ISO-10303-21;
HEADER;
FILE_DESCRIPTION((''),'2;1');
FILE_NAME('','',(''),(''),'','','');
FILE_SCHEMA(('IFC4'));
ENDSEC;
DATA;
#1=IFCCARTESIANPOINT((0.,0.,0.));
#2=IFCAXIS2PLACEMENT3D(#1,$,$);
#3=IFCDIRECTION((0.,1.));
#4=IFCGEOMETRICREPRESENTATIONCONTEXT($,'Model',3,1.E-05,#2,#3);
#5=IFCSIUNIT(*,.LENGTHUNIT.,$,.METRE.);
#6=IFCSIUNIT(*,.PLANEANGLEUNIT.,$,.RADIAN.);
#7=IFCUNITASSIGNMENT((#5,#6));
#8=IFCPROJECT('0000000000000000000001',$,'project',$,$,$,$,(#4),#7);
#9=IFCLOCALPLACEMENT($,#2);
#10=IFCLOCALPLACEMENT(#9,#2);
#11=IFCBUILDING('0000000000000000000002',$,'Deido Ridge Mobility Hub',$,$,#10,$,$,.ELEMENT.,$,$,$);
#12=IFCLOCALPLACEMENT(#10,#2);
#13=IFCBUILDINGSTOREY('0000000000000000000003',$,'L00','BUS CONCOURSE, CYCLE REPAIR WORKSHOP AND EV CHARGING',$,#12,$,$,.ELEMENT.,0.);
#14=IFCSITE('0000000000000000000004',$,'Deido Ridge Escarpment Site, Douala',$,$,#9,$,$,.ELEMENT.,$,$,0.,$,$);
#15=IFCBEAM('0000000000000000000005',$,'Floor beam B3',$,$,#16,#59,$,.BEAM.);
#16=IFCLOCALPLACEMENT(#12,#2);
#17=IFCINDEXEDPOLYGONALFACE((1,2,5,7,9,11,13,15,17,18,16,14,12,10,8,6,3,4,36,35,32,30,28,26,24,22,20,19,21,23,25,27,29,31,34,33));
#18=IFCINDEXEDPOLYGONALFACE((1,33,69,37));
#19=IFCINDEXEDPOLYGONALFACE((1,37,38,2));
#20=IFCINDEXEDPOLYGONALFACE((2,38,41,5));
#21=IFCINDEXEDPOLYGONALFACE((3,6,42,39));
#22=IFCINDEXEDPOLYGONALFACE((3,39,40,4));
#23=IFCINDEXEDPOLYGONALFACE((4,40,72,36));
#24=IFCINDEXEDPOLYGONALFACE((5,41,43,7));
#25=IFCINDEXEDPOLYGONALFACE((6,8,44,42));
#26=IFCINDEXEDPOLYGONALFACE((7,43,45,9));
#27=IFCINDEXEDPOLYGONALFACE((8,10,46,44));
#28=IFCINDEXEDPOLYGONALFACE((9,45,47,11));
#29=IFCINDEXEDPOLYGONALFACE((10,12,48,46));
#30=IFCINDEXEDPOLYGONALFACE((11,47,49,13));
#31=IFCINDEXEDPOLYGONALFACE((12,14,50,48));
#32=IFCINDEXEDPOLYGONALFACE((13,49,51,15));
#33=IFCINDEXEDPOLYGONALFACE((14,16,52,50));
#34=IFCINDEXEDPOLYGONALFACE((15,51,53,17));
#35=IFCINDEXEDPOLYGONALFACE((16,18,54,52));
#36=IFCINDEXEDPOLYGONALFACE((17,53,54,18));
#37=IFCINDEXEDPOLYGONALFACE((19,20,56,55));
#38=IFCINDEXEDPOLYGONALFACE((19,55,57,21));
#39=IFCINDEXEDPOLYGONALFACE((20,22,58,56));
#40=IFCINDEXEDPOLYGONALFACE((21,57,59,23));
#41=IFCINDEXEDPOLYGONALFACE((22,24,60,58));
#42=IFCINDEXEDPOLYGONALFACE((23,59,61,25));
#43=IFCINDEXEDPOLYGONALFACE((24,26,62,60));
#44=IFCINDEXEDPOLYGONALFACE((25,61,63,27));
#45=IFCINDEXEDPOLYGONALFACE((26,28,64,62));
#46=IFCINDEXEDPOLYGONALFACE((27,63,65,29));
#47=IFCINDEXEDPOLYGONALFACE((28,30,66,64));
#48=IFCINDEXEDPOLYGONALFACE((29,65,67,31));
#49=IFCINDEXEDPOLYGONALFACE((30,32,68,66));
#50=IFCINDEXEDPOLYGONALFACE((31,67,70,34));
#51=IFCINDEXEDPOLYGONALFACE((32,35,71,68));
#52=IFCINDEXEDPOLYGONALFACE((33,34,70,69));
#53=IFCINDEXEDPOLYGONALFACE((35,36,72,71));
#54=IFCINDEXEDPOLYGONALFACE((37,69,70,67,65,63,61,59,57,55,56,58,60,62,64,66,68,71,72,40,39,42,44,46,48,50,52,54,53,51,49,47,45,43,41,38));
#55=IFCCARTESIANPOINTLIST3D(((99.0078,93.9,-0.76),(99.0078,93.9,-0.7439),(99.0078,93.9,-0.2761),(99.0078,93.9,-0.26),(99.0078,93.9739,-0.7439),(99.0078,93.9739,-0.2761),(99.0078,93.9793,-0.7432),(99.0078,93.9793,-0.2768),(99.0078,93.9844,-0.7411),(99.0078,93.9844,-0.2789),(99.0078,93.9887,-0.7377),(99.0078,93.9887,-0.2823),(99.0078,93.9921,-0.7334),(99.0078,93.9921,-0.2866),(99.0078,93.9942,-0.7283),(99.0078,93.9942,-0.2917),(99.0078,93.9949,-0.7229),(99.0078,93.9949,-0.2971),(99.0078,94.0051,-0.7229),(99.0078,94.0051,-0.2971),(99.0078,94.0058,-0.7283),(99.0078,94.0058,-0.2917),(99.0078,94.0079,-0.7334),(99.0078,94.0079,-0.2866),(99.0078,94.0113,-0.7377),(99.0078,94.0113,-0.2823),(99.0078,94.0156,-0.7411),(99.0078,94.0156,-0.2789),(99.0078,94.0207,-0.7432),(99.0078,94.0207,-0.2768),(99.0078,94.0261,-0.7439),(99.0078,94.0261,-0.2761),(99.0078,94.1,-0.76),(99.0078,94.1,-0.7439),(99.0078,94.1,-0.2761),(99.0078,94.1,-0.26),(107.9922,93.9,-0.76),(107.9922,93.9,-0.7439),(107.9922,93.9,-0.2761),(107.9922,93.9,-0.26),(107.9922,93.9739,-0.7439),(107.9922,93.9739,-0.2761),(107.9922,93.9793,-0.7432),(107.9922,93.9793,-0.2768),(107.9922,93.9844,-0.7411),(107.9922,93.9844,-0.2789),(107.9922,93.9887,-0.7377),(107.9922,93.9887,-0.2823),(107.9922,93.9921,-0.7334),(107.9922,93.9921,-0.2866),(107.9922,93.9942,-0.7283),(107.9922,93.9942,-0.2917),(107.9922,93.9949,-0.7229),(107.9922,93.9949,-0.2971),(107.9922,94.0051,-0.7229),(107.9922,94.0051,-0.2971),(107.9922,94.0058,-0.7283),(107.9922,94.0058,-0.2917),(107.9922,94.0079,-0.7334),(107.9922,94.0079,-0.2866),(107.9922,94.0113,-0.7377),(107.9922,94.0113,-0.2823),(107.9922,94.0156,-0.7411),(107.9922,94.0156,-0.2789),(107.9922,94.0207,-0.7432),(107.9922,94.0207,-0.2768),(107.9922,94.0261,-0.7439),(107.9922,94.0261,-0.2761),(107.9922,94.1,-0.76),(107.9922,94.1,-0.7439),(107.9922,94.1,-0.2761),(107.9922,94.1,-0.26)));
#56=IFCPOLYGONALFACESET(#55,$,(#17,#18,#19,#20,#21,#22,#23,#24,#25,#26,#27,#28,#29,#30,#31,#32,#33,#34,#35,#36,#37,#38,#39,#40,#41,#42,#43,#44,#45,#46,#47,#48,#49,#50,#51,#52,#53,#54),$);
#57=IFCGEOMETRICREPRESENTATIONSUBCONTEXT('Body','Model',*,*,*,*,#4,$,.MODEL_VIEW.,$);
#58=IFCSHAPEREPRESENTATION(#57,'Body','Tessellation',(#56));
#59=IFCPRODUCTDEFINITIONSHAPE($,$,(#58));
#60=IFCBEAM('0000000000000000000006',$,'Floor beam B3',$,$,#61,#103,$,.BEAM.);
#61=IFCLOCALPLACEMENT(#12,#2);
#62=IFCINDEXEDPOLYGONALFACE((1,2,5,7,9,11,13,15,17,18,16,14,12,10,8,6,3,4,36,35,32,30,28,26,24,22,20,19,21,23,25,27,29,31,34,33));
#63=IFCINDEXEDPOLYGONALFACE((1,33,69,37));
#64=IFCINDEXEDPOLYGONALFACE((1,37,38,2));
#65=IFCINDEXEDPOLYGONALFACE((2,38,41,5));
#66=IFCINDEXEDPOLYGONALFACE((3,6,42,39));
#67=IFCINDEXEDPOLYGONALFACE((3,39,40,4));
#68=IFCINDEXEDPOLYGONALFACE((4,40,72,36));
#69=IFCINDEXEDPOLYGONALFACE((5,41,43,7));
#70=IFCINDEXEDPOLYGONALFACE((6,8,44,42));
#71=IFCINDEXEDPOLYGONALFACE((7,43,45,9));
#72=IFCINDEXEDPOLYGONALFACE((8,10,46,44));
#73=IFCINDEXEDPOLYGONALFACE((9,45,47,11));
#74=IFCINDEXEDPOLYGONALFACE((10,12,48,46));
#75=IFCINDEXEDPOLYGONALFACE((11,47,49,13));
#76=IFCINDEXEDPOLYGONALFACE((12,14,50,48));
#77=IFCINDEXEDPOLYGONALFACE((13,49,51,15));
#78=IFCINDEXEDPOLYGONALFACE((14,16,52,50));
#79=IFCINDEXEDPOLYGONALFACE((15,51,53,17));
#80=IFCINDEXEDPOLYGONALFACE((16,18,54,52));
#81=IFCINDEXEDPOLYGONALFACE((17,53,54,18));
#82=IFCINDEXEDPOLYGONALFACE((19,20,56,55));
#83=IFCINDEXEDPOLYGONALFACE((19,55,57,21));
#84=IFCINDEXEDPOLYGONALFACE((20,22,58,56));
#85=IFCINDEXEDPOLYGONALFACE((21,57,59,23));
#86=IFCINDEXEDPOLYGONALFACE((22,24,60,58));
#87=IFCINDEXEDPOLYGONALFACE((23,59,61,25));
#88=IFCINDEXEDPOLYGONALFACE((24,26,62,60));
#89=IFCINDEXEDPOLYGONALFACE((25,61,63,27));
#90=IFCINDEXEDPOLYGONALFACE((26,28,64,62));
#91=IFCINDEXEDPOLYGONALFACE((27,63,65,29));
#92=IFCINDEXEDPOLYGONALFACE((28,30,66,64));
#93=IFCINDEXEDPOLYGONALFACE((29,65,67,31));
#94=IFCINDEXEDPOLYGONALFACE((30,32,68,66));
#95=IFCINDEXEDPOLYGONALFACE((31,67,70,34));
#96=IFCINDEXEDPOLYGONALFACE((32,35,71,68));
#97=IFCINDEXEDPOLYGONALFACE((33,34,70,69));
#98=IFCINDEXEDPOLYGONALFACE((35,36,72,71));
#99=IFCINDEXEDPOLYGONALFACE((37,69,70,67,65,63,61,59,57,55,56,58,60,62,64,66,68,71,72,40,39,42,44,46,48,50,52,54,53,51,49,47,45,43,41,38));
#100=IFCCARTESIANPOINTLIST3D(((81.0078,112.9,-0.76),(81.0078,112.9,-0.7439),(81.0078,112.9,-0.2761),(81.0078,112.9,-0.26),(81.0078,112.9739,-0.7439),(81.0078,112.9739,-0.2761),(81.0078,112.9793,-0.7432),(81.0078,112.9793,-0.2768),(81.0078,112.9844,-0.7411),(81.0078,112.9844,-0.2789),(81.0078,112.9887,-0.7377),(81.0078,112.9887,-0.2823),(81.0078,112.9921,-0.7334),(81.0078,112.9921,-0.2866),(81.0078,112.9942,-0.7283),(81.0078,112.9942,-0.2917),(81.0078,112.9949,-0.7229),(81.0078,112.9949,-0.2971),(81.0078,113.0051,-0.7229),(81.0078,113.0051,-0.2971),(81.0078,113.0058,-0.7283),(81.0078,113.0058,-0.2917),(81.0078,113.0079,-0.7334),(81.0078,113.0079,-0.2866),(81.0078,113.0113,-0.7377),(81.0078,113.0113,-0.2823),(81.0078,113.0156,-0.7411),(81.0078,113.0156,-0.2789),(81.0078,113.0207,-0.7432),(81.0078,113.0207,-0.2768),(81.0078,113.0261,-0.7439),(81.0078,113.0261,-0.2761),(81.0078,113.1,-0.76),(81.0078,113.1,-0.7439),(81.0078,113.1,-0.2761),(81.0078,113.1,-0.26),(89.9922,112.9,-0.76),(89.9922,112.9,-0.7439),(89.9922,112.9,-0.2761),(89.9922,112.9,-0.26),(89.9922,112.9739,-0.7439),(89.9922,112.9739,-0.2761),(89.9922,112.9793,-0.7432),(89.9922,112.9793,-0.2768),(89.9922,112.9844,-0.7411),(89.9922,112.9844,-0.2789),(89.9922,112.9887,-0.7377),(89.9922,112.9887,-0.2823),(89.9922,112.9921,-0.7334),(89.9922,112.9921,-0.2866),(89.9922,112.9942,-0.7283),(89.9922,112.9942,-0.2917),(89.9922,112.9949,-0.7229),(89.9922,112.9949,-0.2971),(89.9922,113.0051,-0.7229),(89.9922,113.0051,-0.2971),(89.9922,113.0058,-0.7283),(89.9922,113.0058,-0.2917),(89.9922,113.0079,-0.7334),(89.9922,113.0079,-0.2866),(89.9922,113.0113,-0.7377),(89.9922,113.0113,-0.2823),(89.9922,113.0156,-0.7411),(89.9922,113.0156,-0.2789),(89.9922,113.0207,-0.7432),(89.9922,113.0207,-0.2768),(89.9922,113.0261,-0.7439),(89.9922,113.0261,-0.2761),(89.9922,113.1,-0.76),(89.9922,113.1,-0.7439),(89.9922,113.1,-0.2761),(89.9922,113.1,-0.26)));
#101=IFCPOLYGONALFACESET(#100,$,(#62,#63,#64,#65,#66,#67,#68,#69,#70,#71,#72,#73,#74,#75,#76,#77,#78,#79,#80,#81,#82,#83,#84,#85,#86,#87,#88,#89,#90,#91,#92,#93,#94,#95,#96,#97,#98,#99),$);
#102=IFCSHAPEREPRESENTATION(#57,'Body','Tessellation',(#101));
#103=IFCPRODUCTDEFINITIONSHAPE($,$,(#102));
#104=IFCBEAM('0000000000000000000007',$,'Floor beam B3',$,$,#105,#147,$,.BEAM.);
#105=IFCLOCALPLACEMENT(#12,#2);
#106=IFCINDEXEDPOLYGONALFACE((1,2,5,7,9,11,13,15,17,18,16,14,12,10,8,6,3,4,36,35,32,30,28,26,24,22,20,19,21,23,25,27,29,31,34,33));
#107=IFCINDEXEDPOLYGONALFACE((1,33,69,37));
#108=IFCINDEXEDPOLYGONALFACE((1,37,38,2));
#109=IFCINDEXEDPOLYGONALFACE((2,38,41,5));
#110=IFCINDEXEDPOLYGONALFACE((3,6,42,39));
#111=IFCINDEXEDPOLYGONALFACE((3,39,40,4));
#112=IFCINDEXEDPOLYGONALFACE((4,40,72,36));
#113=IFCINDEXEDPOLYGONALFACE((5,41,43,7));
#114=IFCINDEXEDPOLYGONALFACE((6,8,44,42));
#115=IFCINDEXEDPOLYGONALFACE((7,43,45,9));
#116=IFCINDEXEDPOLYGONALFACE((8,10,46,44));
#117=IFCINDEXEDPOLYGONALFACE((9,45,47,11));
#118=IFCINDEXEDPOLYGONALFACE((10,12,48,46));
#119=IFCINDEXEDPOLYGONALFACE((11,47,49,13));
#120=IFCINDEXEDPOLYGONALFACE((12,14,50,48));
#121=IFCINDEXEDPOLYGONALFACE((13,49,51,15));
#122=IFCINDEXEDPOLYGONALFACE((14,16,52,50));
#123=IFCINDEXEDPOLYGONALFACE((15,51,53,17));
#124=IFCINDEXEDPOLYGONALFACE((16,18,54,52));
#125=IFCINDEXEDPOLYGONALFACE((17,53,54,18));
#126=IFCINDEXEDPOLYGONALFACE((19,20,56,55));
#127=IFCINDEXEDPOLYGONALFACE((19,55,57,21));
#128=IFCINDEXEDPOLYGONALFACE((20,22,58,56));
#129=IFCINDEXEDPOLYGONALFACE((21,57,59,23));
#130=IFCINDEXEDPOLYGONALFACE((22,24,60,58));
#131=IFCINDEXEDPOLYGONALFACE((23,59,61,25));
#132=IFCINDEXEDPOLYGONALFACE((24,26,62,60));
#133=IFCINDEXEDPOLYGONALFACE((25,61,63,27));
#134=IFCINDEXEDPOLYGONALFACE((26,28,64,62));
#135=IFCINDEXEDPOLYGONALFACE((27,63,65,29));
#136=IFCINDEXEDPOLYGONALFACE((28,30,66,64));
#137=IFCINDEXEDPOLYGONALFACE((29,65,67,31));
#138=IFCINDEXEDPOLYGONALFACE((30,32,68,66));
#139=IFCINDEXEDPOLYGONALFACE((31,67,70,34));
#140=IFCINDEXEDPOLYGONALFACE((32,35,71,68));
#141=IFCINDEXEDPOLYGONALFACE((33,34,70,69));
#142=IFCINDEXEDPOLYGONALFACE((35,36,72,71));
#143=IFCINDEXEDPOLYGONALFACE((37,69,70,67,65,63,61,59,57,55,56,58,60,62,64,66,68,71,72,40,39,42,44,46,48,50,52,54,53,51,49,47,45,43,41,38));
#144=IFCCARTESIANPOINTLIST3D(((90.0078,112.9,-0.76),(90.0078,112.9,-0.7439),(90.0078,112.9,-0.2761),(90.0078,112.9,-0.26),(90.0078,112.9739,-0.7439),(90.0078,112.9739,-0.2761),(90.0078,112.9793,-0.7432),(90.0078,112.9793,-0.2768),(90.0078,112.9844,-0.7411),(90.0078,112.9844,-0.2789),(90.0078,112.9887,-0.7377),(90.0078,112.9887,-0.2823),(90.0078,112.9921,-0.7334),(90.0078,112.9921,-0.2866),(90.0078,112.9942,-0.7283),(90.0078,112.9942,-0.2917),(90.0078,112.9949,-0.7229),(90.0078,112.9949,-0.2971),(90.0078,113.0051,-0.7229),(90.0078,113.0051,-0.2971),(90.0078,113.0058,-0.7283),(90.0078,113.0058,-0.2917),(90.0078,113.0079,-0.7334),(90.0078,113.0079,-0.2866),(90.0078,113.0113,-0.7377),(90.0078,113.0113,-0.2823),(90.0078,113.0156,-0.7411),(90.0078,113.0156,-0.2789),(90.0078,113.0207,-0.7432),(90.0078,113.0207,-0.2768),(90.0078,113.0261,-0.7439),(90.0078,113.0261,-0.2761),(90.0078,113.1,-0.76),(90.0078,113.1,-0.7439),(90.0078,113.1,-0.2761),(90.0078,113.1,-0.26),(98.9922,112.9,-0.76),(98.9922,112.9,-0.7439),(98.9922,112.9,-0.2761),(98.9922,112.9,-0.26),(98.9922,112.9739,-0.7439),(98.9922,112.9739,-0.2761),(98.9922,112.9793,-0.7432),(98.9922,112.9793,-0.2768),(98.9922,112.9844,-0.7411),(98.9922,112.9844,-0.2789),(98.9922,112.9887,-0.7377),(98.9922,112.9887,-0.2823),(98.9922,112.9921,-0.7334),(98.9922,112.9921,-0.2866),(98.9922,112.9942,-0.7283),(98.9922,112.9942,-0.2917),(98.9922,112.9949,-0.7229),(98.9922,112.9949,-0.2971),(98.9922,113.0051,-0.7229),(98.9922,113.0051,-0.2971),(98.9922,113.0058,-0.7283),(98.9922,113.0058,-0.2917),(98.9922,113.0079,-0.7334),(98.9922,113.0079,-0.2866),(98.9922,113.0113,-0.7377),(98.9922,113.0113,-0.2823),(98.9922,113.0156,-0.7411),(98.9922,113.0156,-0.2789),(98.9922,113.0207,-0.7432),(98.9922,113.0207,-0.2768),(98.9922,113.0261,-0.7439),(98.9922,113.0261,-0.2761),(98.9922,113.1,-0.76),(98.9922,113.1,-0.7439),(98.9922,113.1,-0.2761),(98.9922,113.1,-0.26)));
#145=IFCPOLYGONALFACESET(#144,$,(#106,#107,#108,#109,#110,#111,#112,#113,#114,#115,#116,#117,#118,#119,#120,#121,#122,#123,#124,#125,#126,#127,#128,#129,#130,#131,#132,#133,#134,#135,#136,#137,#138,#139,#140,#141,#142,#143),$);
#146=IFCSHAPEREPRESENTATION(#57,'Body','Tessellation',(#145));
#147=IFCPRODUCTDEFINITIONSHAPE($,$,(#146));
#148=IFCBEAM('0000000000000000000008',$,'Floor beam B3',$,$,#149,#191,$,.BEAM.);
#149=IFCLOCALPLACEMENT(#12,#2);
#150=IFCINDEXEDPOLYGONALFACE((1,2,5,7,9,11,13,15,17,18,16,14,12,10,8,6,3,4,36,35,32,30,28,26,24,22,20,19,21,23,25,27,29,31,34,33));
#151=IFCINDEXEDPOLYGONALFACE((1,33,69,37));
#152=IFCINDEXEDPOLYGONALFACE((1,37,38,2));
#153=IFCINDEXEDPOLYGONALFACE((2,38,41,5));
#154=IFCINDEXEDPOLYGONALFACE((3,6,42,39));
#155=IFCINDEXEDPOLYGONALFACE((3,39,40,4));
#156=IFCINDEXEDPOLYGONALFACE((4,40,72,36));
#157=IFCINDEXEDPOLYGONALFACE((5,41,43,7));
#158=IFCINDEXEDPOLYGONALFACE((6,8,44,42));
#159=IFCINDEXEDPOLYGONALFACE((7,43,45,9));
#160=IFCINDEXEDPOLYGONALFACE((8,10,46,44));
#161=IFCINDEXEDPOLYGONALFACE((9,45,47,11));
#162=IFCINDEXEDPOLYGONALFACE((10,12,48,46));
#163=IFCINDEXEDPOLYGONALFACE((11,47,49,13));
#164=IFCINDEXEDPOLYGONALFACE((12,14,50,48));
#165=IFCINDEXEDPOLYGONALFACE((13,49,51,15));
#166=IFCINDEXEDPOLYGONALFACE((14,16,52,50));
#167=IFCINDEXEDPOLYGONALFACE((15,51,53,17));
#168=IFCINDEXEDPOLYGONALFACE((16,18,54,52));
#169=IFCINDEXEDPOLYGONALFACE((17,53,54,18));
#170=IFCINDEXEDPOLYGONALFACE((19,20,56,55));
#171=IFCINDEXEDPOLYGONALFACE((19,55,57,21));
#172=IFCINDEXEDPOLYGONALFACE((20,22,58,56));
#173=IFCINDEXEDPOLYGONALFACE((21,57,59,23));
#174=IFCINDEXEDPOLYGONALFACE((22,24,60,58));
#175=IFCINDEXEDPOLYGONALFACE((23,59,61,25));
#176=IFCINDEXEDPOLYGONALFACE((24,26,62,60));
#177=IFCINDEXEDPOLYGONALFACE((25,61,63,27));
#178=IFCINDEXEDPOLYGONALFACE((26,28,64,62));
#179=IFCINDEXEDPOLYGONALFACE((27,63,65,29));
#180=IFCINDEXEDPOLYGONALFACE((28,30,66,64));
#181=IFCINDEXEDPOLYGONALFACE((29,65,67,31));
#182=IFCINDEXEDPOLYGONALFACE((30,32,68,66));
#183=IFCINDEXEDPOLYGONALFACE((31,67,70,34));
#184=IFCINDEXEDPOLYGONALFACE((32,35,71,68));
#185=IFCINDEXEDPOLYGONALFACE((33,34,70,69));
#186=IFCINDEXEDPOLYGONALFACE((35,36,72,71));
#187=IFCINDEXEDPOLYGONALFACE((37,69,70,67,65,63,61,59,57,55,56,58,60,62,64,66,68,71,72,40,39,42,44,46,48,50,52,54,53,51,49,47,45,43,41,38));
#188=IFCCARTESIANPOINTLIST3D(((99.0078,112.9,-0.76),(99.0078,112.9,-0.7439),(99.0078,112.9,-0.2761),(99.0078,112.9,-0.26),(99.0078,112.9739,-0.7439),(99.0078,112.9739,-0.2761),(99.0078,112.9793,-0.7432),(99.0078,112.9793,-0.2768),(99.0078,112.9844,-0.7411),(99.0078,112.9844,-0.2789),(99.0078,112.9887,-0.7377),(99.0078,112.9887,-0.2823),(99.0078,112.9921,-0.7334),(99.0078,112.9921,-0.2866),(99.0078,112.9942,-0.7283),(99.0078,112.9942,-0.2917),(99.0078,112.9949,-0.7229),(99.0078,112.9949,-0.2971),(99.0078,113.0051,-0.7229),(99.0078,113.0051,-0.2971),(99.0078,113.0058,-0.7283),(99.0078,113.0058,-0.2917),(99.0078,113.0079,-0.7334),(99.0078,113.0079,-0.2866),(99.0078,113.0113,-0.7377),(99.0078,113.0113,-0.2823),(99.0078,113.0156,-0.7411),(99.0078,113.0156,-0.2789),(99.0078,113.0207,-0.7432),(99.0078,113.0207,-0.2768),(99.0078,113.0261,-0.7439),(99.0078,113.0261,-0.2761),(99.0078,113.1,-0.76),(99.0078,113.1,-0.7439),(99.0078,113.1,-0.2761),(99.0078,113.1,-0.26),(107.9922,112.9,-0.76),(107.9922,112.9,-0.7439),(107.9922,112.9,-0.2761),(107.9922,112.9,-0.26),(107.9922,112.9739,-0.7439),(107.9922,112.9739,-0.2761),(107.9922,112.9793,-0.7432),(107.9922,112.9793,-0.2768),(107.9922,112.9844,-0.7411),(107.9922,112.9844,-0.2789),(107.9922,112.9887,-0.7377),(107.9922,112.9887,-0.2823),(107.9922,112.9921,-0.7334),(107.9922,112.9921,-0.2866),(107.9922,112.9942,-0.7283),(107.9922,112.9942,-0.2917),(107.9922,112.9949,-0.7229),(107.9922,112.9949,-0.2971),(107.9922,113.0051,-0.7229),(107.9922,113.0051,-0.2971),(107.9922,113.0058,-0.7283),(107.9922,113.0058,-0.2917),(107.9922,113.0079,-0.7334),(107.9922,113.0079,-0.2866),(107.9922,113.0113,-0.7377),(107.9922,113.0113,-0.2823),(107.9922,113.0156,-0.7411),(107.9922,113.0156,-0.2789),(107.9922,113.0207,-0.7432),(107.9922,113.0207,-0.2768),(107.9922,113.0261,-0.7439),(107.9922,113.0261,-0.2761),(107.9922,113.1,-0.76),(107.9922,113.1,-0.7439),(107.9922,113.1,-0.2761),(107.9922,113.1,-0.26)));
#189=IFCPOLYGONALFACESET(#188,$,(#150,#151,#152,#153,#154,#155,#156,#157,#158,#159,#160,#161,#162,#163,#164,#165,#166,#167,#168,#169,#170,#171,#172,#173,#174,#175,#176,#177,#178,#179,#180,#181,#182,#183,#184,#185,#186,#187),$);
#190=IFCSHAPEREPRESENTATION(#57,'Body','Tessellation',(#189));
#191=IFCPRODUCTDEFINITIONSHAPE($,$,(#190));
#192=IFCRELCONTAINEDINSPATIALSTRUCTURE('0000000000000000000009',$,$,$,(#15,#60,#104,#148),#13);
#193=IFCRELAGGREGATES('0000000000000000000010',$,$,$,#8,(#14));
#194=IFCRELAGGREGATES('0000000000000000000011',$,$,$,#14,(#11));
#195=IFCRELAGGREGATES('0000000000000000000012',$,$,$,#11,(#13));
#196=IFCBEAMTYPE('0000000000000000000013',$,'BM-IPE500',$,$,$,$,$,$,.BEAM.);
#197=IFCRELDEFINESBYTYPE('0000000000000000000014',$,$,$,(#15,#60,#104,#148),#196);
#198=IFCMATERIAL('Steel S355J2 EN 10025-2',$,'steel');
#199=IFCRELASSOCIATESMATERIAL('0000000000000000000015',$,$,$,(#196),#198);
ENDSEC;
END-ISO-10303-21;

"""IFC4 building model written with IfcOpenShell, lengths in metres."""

from ifc_helpers import new_model, si_unit, direction, frame, origin, origin_2d, place, context, subcontext, project, spatial, i_section, extrude, material, material_profile, profile_set, type_object, element, save


model = new_model("IFC4")

# Units and contexts
model_context = context("Model", 3, precision=1e-05, world=origin(), true_north=direction((0.0, 1.0)))
body_context = subcontext(model_context, "Body", "Model", "MODEL_VIEW")
ifc_project = project(units=[si_unit("LENGTHUNIT", "METRE"), si_unit("PLANEANGLEUNIT", "RADIAN")], contexts=[model_context])

# Site, building, storey
site_placement = place(None, origin())
site = spatial("IfcSite", under=ifc_project, at=site_placement, Name="Deido Ridge Escarpment Site, Douala", CompositionType="ELEMENT", RefElevation=0.0)
building_placement = place(site_placement, origin())
building = spatial("IfcBuilding", under=site, at=building_placement, Name="Deido Ridge Mobility Hub", CompositionType="ELEMENT")
storey_placement = place(building_placement, origin())
storey = spatial("IfcBuildingStorey", under=building, at=storey_placement, Name="L00", Description="BUS CONCOURSE, CYCLE REPAIR WORKSHOP AND EV CHARGING", CompositionType="ELEMENT", Elevation=0.0)

# Shared definitions
ifc_material_1 = material(Name="Steel S355J2 EN 10025-2", Category="steel")

# Beams
ifc_material_profile_1 = material_profile(ifc_material_1, i_section(OverallWidth=0.2, OverallDepth=0.5, WebThickness=0.0103, FlangeThickness=0.0161, FilletRadius=0.021, at=origin_2d()), Name="IPE 500")
ifc_profile_set_1 = profile_set([ifc_material_profile_1], Name="Steel S355J2 EN 10025-2")
beam_type_1 = type_object("IfcBeamType", Name="BM-IPE500", PredefinedType="BEAM", material=ifc_profile_set_1)
for number, where, z_axis, x_axis, name in (
    (1, (99.0078, 94.0, -0.51), (1.0, 0.0, 0.0), (0.0, 1.0, 0.0), "Floor beam B3"),
    (2, (81.0078, 113.0, -0.51), (1.0, 0.0, 0.0), (0.0, 1.0, 0.0), "Floor beam B3"),
    (3, (90.0078, 113.0, -0.51), (1.0, 0.0, 0.0), (0.0, 1.0, 0.0), "Floor beam B3"),
    (4, (99.0078, 113.0, -0.51), (1.0, 0.0, 0.0), (0.0, 1.0, 0.0), "Floor beam B3"),
):
    element("IfcBeam", number, at=place(storey_placement, frame(where, z_axis=z_axis, x_axis=x_axis)), inside=storey, type_object=beam_type_1, Name=name, PredefinedType="BEAM", context=body_context, shape_type="SweptSolid", body=[
        extrude(i_section(OverallWidth=0.2, OverallDepth=0.5, WebThickness=0.0103, FlangeThickness=0.0161, FilletRadius=0.021, at=origin_2d()), origin(), (0.0, 0.0, 1.0), 8.9844),
    ])

save(model, "model.ifc")
